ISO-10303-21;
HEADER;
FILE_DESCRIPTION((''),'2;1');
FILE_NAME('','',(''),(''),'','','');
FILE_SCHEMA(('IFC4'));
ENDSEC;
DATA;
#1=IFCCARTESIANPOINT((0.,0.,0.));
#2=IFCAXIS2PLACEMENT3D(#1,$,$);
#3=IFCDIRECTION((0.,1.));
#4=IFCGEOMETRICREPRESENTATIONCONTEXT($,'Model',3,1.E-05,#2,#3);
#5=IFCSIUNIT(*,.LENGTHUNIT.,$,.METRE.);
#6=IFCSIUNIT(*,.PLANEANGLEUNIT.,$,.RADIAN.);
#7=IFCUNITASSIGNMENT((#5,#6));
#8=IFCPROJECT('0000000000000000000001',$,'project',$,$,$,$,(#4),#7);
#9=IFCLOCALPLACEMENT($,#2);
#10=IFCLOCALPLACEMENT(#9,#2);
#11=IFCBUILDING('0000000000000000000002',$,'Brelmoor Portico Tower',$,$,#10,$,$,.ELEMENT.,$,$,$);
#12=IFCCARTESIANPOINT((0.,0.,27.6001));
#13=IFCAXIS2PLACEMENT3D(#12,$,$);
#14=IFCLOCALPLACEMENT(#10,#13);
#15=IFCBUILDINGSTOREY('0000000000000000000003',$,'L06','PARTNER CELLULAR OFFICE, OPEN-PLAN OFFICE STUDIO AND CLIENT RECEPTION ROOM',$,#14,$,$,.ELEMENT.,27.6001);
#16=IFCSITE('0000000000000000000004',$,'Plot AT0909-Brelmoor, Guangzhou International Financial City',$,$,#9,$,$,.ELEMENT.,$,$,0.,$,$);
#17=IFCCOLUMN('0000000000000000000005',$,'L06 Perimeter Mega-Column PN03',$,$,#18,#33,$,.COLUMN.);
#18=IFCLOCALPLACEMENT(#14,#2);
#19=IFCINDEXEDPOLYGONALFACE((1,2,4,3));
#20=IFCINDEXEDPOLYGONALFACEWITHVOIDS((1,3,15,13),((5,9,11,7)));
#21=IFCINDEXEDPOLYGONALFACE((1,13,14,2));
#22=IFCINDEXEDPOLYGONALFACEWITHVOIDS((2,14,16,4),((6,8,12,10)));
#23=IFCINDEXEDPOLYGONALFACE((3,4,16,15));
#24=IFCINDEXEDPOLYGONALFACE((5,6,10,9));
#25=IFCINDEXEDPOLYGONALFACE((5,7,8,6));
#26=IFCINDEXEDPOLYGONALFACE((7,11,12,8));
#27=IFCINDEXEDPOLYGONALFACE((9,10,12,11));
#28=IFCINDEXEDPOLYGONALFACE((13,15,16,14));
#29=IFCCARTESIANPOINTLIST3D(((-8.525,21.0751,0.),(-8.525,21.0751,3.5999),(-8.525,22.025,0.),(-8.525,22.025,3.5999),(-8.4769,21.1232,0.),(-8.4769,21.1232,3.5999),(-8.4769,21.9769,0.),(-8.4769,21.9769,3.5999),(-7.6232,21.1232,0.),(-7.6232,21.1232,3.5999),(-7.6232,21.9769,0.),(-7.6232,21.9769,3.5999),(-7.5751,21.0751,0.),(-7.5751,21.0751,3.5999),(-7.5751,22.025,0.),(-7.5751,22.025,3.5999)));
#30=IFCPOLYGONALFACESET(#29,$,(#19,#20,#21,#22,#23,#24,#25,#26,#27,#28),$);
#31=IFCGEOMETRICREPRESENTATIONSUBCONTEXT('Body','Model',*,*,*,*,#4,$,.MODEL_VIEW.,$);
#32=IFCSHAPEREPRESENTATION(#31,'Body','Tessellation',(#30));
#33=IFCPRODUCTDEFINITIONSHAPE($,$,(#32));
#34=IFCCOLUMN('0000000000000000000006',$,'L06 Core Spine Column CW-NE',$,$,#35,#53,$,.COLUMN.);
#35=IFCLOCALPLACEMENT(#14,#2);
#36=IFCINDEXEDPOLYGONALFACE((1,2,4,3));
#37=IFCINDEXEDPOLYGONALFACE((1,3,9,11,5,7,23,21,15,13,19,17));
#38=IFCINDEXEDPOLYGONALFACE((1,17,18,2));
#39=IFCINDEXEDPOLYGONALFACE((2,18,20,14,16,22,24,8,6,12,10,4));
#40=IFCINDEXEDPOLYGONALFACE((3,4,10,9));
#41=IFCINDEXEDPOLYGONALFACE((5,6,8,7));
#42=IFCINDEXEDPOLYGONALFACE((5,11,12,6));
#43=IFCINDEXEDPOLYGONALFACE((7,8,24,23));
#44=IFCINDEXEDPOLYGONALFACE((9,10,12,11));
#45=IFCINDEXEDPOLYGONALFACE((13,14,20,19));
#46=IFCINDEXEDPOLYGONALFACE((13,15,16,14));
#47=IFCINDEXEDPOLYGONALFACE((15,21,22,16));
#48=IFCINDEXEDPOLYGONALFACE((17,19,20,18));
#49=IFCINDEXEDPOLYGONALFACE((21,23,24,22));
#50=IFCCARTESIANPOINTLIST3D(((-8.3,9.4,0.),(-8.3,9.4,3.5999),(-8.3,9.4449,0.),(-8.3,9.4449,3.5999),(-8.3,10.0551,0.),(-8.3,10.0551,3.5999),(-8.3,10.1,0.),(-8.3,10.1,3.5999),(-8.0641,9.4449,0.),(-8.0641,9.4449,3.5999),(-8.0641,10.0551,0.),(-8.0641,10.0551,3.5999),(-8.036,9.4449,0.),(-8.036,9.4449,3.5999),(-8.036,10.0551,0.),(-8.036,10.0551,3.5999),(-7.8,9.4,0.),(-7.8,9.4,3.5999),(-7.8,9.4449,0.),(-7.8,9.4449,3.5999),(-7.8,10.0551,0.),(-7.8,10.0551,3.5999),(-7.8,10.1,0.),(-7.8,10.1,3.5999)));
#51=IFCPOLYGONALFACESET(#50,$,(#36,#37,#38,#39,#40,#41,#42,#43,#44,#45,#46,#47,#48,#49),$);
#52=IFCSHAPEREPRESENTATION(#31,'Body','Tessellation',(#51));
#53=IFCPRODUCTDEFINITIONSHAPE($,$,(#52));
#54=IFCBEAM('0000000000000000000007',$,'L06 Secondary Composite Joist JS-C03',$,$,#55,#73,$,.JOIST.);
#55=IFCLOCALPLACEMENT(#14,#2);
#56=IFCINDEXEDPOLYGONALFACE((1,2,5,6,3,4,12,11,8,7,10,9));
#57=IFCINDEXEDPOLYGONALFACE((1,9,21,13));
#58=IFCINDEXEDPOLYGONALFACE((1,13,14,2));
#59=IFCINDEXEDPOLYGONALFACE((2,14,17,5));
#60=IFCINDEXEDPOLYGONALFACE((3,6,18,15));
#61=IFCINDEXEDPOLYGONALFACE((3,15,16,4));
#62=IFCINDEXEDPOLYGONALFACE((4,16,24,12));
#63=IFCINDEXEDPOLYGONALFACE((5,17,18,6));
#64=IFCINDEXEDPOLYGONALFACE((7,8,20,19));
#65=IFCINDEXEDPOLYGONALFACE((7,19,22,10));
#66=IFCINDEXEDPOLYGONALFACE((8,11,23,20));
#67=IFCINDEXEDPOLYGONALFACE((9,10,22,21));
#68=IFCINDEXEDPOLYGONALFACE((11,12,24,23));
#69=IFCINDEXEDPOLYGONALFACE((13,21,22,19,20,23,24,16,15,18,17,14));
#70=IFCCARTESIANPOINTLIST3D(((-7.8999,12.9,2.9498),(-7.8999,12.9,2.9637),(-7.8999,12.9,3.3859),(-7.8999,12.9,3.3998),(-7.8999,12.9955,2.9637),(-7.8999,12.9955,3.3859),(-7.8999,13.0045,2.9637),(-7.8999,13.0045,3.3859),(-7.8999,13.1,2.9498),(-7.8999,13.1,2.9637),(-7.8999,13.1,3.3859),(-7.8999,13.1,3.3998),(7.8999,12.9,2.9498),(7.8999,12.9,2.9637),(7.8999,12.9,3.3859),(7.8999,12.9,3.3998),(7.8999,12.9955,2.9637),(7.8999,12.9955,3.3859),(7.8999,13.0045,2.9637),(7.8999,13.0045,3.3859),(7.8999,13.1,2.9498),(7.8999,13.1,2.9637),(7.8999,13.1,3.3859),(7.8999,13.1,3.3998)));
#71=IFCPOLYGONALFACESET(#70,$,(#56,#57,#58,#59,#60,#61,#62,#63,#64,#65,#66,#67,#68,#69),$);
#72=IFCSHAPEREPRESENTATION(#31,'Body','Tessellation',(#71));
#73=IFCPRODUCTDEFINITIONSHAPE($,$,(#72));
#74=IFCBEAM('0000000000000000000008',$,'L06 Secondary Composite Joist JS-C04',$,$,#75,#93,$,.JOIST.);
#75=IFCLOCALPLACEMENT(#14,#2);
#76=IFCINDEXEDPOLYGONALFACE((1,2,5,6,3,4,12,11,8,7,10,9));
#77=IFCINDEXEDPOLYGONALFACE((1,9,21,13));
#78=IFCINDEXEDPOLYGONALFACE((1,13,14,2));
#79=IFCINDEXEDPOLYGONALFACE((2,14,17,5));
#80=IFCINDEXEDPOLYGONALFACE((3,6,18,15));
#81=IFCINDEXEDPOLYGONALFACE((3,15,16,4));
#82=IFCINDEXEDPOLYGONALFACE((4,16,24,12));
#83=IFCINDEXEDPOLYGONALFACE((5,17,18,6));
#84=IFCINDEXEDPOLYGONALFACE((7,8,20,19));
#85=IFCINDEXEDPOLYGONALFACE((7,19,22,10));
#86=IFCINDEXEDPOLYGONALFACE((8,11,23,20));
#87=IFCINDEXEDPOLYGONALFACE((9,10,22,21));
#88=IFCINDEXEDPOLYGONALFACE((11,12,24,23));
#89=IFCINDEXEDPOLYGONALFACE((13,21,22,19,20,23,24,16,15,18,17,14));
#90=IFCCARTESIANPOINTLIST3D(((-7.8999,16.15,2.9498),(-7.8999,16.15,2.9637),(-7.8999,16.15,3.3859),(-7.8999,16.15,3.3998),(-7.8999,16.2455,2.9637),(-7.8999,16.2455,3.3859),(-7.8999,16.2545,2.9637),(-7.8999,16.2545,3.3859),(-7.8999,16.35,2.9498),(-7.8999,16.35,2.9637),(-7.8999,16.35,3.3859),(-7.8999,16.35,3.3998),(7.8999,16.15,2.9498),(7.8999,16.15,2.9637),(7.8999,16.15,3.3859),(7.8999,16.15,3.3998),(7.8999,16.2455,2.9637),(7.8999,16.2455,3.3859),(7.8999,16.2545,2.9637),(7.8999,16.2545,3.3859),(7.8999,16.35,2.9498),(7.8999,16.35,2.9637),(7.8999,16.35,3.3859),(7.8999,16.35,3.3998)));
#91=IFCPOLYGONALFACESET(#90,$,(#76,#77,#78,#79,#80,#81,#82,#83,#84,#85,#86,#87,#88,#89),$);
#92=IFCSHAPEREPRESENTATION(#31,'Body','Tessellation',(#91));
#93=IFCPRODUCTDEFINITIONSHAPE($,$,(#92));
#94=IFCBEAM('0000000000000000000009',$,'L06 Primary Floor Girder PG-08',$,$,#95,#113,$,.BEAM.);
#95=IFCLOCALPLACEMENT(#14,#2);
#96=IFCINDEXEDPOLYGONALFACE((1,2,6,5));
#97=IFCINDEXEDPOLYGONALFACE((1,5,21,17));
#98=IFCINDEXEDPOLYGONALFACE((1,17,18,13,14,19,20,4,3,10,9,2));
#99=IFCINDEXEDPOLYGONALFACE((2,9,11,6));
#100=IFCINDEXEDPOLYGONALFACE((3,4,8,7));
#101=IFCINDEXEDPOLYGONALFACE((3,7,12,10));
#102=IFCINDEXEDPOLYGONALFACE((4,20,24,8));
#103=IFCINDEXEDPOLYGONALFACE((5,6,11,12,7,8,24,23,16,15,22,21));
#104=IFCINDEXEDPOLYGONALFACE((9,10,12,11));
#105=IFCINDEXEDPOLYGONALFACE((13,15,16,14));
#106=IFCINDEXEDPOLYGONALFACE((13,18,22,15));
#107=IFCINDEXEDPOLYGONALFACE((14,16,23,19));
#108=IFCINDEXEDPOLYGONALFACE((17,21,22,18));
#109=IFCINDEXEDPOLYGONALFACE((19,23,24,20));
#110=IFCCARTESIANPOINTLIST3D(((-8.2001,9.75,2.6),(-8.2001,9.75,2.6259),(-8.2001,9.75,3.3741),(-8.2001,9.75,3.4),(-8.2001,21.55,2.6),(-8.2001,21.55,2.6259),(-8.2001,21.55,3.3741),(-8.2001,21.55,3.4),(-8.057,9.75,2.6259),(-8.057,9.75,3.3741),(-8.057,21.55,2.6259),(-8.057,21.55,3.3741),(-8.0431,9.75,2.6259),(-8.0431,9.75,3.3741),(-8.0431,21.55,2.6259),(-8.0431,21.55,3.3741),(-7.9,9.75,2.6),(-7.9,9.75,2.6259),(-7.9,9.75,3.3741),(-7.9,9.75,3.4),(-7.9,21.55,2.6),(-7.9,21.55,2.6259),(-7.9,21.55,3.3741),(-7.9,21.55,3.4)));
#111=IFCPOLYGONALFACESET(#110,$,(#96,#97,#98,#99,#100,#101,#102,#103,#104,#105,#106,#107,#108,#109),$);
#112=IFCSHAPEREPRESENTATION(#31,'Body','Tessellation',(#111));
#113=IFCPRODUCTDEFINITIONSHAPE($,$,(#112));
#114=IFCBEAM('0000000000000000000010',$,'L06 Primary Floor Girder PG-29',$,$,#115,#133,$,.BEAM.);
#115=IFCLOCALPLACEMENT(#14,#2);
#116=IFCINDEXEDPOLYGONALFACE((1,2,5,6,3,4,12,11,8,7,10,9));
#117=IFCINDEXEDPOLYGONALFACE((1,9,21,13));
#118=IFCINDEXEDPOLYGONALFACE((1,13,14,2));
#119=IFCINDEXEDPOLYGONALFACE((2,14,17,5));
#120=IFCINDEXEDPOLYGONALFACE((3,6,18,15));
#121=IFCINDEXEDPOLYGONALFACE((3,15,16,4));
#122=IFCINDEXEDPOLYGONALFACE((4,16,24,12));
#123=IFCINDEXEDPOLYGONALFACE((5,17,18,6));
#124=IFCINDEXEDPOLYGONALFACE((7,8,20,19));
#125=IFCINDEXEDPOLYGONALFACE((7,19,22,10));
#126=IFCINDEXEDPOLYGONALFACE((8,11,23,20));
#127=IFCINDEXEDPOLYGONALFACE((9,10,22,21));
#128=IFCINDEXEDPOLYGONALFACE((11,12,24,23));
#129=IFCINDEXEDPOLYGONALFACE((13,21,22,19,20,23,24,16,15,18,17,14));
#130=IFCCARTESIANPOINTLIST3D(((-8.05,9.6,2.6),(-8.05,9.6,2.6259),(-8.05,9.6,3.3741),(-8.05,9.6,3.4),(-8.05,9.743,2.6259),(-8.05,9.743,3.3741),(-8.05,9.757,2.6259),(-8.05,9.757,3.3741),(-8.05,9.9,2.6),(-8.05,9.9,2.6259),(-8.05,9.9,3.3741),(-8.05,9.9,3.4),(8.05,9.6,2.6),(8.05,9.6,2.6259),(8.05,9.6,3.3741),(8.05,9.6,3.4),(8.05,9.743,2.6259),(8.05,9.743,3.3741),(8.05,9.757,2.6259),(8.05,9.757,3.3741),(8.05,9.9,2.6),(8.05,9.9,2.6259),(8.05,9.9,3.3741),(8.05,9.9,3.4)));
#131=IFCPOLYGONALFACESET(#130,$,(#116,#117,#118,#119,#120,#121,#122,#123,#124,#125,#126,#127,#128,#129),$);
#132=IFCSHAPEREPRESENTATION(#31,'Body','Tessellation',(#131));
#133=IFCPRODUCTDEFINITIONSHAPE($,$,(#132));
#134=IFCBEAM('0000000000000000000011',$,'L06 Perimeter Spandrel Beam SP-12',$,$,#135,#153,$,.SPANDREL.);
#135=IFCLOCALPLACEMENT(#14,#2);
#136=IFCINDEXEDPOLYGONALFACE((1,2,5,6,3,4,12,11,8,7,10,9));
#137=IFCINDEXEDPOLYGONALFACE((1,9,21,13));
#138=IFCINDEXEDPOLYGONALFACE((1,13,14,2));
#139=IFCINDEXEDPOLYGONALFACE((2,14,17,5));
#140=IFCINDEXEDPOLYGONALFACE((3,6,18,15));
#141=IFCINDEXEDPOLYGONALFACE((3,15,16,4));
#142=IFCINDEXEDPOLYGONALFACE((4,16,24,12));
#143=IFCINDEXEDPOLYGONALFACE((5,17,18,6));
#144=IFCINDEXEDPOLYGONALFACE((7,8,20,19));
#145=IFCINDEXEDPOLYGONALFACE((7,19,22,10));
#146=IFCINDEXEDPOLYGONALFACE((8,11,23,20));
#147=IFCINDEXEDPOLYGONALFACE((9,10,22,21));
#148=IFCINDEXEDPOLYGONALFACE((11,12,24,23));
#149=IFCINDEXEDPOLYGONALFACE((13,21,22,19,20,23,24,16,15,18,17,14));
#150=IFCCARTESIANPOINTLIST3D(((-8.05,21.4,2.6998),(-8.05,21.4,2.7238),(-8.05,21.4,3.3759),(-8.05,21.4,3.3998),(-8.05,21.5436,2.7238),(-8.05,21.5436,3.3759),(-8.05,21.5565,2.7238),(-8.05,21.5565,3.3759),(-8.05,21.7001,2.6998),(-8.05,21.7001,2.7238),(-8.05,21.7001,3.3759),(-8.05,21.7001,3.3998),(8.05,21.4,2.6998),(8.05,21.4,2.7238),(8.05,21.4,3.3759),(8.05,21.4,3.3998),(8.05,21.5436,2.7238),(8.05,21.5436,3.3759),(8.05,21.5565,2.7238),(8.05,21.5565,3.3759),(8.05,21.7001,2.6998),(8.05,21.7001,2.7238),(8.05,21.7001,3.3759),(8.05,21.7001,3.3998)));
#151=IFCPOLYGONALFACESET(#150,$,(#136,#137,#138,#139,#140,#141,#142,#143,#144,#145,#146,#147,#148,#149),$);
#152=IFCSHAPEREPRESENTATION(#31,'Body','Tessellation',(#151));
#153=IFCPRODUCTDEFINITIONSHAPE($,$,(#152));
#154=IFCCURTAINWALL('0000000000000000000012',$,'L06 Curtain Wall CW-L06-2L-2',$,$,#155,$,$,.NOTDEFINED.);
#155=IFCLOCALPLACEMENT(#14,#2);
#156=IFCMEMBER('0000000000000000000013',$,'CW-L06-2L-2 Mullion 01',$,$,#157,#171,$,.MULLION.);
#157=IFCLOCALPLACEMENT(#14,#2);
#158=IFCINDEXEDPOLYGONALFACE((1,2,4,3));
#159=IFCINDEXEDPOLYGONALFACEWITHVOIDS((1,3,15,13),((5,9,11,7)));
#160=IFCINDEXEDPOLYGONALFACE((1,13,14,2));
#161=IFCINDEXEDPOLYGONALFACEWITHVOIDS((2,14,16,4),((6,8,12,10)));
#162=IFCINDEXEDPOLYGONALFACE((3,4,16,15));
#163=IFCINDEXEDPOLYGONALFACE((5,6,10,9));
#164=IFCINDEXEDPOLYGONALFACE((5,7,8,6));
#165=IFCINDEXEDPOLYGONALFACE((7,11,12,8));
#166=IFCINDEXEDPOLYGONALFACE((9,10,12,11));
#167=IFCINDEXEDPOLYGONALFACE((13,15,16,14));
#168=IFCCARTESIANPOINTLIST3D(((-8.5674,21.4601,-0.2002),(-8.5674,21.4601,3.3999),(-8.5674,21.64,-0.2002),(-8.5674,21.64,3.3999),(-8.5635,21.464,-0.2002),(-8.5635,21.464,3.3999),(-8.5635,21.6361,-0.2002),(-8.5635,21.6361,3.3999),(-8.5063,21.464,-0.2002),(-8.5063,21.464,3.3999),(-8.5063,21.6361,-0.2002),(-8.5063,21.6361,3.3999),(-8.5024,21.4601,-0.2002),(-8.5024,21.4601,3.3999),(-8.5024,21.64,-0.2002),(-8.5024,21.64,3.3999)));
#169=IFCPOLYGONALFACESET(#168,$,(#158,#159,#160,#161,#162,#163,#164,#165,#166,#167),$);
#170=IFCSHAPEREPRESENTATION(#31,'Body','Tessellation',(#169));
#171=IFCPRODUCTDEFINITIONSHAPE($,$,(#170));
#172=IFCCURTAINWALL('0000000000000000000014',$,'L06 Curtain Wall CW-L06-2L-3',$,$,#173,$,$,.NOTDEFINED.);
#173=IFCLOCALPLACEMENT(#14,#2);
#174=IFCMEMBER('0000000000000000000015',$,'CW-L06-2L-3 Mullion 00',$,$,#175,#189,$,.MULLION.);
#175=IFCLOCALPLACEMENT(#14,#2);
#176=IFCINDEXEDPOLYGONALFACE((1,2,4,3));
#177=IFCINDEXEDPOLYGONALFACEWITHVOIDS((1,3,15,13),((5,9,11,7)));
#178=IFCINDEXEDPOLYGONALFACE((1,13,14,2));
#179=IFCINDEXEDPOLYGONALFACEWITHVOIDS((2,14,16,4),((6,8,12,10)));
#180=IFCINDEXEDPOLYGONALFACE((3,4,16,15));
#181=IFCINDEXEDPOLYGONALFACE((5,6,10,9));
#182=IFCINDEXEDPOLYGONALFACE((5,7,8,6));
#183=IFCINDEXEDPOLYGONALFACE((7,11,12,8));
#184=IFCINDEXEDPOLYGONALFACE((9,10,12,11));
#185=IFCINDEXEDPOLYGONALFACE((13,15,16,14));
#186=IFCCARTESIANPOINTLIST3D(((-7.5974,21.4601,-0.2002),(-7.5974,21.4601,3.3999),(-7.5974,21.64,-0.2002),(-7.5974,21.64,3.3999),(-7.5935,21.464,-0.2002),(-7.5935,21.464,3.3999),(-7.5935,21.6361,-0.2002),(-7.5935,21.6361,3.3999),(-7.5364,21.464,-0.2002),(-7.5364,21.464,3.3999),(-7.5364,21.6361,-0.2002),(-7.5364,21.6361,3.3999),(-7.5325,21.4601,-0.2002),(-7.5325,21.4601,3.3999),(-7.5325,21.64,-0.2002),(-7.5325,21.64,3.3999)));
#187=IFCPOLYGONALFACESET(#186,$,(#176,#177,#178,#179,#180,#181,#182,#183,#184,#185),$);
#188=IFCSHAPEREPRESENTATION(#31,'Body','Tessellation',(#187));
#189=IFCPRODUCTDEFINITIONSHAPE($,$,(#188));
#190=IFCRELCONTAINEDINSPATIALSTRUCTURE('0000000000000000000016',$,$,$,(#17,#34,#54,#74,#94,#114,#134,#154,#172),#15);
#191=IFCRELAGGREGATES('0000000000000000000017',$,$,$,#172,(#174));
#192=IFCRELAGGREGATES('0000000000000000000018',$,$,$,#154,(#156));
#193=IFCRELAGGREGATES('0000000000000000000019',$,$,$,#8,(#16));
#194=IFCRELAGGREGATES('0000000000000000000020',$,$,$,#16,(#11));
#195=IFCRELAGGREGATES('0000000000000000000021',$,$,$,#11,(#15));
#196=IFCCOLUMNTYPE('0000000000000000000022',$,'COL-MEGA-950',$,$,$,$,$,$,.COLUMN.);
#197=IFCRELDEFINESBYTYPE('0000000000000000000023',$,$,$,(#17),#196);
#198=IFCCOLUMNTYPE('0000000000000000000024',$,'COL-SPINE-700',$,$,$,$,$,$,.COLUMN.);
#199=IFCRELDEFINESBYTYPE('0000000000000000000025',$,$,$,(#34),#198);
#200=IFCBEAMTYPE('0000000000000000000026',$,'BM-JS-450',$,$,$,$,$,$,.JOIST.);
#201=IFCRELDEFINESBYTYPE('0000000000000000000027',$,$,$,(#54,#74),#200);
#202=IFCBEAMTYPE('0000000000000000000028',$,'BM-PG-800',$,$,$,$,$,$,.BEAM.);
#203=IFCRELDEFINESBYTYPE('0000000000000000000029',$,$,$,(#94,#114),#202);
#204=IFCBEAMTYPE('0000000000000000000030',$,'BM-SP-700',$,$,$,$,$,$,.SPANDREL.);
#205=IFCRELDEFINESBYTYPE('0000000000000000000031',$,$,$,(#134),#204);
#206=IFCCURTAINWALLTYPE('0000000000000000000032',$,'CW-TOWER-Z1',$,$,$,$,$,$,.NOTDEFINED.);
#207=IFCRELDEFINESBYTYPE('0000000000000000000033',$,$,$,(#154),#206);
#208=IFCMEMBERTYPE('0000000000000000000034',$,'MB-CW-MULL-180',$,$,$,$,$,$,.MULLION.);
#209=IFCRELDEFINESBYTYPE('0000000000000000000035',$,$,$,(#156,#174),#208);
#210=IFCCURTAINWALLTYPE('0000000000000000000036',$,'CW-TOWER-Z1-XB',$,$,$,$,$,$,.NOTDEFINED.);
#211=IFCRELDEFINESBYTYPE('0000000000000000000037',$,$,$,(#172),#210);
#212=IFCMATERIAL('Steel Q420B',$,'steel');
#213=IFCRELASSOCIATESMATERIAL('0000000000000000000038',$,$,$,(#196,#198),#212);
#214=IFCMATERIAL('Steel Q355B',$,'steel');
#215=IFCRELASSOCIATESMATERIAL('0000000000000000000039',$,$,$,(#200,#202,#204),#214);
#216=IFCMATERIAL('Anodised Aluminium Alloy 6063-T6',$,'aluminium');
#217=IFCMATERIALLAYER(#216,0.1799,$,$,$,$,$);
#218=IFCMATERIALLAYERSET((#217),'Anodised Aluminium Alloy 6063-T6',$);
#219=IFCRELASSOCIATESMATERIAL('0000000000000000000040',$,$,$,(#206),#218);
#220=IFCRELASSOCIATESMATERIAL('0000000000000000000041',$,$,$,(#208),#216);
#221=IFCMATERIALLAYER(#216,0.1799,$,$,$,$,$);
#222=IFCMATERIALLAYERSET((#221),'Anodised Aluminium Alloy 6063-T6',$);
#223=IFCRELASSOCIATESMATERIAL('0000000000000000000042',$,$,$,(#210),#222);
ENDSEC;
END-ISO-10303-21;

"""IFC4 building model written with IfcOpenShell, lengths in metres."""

from ifc_helpers import new_model, si_unit, direction, frame, origin, origin_2d, place, context, subcontext, project, spatial, hollow_rectangle, i_section, extrude, material, layer, layer_set, material_profile, profile_set, type_object, element, aggregate, save


model = new_model("IFC4")

# Units and contexts
model_context = context("Model", 3, precision=1e-05, world=origin(), true_north=direction((0.0, 1.0)))
body_context = subcontext(model_context, "Body", "Model", "MODEL_VIEW")
ifc_project = project(units=[si_unit("LENGTHUNIT", "METRE"), si_unit("PLANEANGLEUNIT", "RADIAN")], contexts=[model_context])

# Site, building, storey
site_placement = place(None, origin())
site = spatial("IfcSite", under=ifc_project, at=site_placement, Name="Plot AT0909-Brelmoor, Guangzhou International Financial City", CompositionType="ELEMENT", RefElevation=0.0)
building_placement = place(site_placement, origin())
building = spatial("IfcBuilding", under=site, at=building_placement, Name="Brelmoor Portico Tower", CompositionType="ELEMENT")
storey_placement = place(building_placement, frame((0.0, 0.0, 27.6001)))
storey = spatial("IfcBuildingStorey", under=building, at=storey_placement, Name="L06", Description="PARTNER CELLULAR OFFICE, OPEN-PLAN OFFICE STUDIO AND CLIENT RECEPTION ROOM", CompositionType="ELEMENT", Elevation=27.6001)

# Columns
ifc_material_1 = material(Name="Steel Q420B", Category="steel")
ifc_material_profile_1 = material_profile(ifc_material_1, hollow_rectangle(XDim=0.95, YDim=0.95, WallThickness=0.0481, at=origin_2d()), Name="BOX 950x950x48")
ifc_profile_set_1 = profile_set([ifc_material_profile_1], Name="Steel Q420B")
column_type_1 = type_object("IfcColumnType", Name="COL-MEGA-950", PredefinedType="COLUMN", material=ifc_profile_set_1)
column_1_placement = place(storey_placement, frame((-8.05, 21.55, 0.0), z_axis=(0.0, 0.0, 1.0), x_axis=(1.0, 0.0, 0.0)))
element("IfcColumn", 1, at=column_1_placement, inside=storey, type_object=column_type_1, Name="L06 Perimeter Mega-Column PN03", PredefinedType="COLUMN", context=body_context, shape_type="SweptSolid", body=[
    extrude(hollow_rectangle(XDim=0.95, YDim=0.95, WallThickness=0.0481, at=origin_2d()), origin(), (0.0, 0.0, 1.0), 3.5999),
])
ifc_material_profile_2 = material_profile(ifc_material_1, i_section(OverallWidth=0.5, OverallDepth=0.7, WebThickness=0.0281, FlangeThickness=0.0449, at=origin_2d()), Name="HW 700x500x28x45")
ifc_profile_set_2 = profile_set([ifc_material_profile_2], Name="Steel Q420B")
column_type_2 = type_object("IfcColumnType", Name="COL-SPINE-700", PredefinedType="COLUMN", material=ifc_profile_set_2)
column_2_placement = place(storey_placement, frame((-8.05, 9.75, 0.0), z_axis=(0.0, 0.0, 1.0), x_axis=(1.0, 0.0, 0.0)))
element("IfcColumn", 2, at=column_2_placement, inside=storey, type_object=column_type_2, Name="L06 Core Spine Column CW-NE", PredefinedType="COLUMN", context=body_context, shape_type="SweptSolid", body=[
    extrude(i_section(OverallWidth=0.5, OverallDepth=0.7, WebThickness=0.0281, FlangeThickness=0.0449, at=origin_2d()), origin(), (0.0, 0.0, 1.0), 3.5999),
])

# Beams
ifc_material_2 = material(Name="Steel Q355B", Category="steel")
ifc_material_profile_3 = material_profile(ifc_material_2, i_section(OverallWidth=0.2, OverallDepth=0.45, WebThickness=0.009, FlangeThickness=0.0139, at=origin_2d()), Name="HN 450x200x9x14")
ifc_profile_set_3 = profile_set([ifc_material_profile_3], Name="Steel Q355B")
beam_type_1 = type_object("IfcBeamType", Name="BM-JS-450", PredefinedType="JOIST", material=ifc_profile_set_3)
for number, where, z_axis, x_axis, name in (
    (3, (-7.8999, 13.0, 3.1748), (1.0, 0.0, 0.0), (0.0, 1.0, 0.0), "L06 Secondary Composite Joist JS-C03"),
    (4, (-7.8999, 16.25, 3.1748), (1.0, 0.0, 0.0), (0.0, 1.0, 0.0), "L06 Secondary Composite Joist JS-C04"),
):
    element("IfcBeam", number, at=place(storey_placement, frame(where, z_axis=z_axis, x_axis=x_axis)), inside=storey, type_object=beam_type_1, Name=name, PredefinedType="JOIST", context=body_context, shape_type="SweptSolid", body=[
        extrude(i_section(OverallWidth=0.2, OverallDepth=0.45, WebThickness=0.009, FlangeThickness=0.0139, at=origin_2d()), origin(), (0.0, 0.0, 1.0), 15.7998),
    ])
ifc_material_profile_4 = material_profile(ifc_material_2, i_section(OverallWidth=0.3, OverallDepth=0.8, WebThickness=0.0139, FlangeThickness=0.0259, at=origin_2d()), Name="HN 800x300x14x26")
ifc_profile_set_4 = profile_set([ifc_material_profile_4], Name="Steel Q355B")
beam_type_2 = type_object("IfcBeamType", Name="BM-PG-800", PredefinedType="BEAM", material=ifc_profile_set_4)
beam_1_placement = place(storey_placement, frame((-8.05, 9.75, 3.0), z_axis=(0.0, 1.0, 0.0), x_axis=(-1.0, 0.0, 0.0)))
element("IfcBeam", 5, at=beam_1_placement, inside=storey, type_object=beam_type_2, Name="L06 Primary Floor Girder PG-08", PredefinedType="BEAM", context=body_context, shape_type="SweptSolid", body=[
    extrude(i_section(OverallWidth=0.3, OverallDepth=0.8, WebThickness=0.0139, FlangeThickness=0.0259, at=origin_2d()), origin(), (0.0, 0.0, 1.0), 11.8),
])
beam_2_placement = place(storey_placement, frame((-8.05, 9.75, 3.0), z_axis=(1.0, 0.0, 0.0), x_axis=(0.0, 1.0, 0.0)))
element("IfcBeam", 6, at=beam_2_placement, inside=storey, type_object=beam_type_2, Name="L06 Primary Floor Girder PG-29", PredefinedType="BEAM", context=body_context, shape_type="SweptSolid", body=[
    extrude(i_section(OverallWidth=0.3, OverallDepth=0.8, WebThickness=0.0139, FlangeThickness=0.0259, at=origin_2d()), origin(), (0.0, 0.0, 1.0), 16.1001),
])
ifc_material_profile_5 = material_profile(ifc_material_2, i_section(OverallWidth=0.3, OverallDepth=0.7, WebThickness=0.0129, FlangeThickness=0.0239, at=origin_2d()), Name="HN 700x300x13x24")
ifc_profile_set_5 = profile_set([ifc_material_profile_5], Name="Steel Q355B")
beam_type_3 = type_object("IfcBeamType", Name="BM-SP-700", PredefinedType="SPANDREL", material=ifc_profile_set_5)
beam_3_placement = place(storey_placement, frame((-8.05, 21.55, 3.0498), z_axis=(1.0, 0.0, 0.0), x_axis=(0.0, 1.0, 0.0)))
element("IfcBeam", 7, at=beam_3_placement, inside=storey, type_object=beam_type_3, Name="L06 Perimeter Spandrel Beam SP-12", PredefinedType="SPANDREL", context=body_context, shape_type="SweptSolid", body=[
    extrude(i_section(OverallWidth=0.3, OverallDepth=0.7, WebThickness=0.0129, FlangeThickness=0.0239, at=origin_2d()), origin(), (0.0, 0.0, 1.0), 16.1001),
])

# Curtain walls, members
ifc_material_3 = material(Name="Anodised Aluminium Alloy 6063-T6", Category="aluminium")
ifc_layer_1 = layer(ifc_material_3, 0.1799)
ifc_layer_set_1 = layer_set([ifc_layer_1], Name="Anodised Aluminium Alloy 6063-T6")
curtain_wall_type_1 = type_object("IfcCurtainWallType", Name="CW-TOWER-Z1", PredefinedType="NOTDEFINED", material=ifc_layer_set_1)
curtain_wall_1_placement = place(storey_placement, origin())
curtain_wall_1 = element("IfcCurtainWall", 8, at=curtain_wall_1_placement, inside=storey, type_object=curtain_wall_type_1, Name="L06 Curtain Wall CW-L06-2L-2", PredefinedType="NOTDEFINED")
ifc_material_profile_6 = material_profile(ifc_material_3, hollow_rectangle(XDim=0.0649, YDim=0.1799, WallThickness=0.0039, at=origin_2d()), Name="ALU MULLION 65x180")
ifc_profile_set_6 = profile_set([ifc_material_profile_6], Name="Anodised Aluminium Alloy 6063-T6")
member_type_1 = type_object("IfcMemberType", Name="MB-CW-MULL-180", PredefinedType="MULLION", material=ifc_profile_set_6)
member_1_placement = place(storey_placement, frame((-8.5349, 21.55, -0.2002), z_axis=(0.0, 0.0, 1.0), x_axis=(1.0, 0.0, 0.0)))
member_1 = element("IfcMember", 9, at=member_1_placement, type_object=member_type_1, Name="CW-L06-2L-2 Mullion 01", PredefinedType="MULLION", context=body_context, shape_type="SweptSolid", body=[
    extrude(hollow_rectangle(XDim=0.0649, YDim=0.1799, WallThickness=0.0039, at=origin_2d()), origin(), (0.0, 0.0, 1.0), 3.6001),
])
ifc_layer_2 = layer(ifc_material_3, 0.1799)
ifc_layer_set_2 = layer_set([ifc_layer_2], Name="Anodised Aluminium Alloy 6063-T6")
curtain_wall_type_2 = type_object("IfcCurtainWallType", Name="CW-TOWER-Z1-XB", PredefinedType="NOTDEFINED", material=ifc_layer_set_2)
curtain_wall_2_placement = place(storey_placement, origin())
curtain_wall_2 = element("IfcCurtainWall", 10, at=curtain_wall_2_placement, inside=storey, type_object=curtain_wall_type_2, Name="L06 Curtain Wall CW-L06-2L-3", PredefinedType="NOTDEFINED")
member_2_placement = place(storey_placement, frame((-7.5649, 21.55, -0.2002), z_axis=(0.0, 0.0, 1.0), x_axis=(1.0, 0.0, 0.0)))
member_2 = element("IfcMember", 11, at=member_2_placement, type_object=member_type_1, Name="CW-L06-2L-3 Mullion 00", PredefinedType="MULLION", context=body_context, shape_type="SweptSolid", body=[
    extrude(hollow_rectangle(XDim=0.0649, YDim=0.1799, WallThickness=0.0039, at=origin_2d()), origin(), (0.0, 0.0, 1.0), 3.6001),
])

aggregate(curtain_wall_2, [member_2])

aggregate(curtain_wall_1, [member_1])

save(model, "model.ifc")
